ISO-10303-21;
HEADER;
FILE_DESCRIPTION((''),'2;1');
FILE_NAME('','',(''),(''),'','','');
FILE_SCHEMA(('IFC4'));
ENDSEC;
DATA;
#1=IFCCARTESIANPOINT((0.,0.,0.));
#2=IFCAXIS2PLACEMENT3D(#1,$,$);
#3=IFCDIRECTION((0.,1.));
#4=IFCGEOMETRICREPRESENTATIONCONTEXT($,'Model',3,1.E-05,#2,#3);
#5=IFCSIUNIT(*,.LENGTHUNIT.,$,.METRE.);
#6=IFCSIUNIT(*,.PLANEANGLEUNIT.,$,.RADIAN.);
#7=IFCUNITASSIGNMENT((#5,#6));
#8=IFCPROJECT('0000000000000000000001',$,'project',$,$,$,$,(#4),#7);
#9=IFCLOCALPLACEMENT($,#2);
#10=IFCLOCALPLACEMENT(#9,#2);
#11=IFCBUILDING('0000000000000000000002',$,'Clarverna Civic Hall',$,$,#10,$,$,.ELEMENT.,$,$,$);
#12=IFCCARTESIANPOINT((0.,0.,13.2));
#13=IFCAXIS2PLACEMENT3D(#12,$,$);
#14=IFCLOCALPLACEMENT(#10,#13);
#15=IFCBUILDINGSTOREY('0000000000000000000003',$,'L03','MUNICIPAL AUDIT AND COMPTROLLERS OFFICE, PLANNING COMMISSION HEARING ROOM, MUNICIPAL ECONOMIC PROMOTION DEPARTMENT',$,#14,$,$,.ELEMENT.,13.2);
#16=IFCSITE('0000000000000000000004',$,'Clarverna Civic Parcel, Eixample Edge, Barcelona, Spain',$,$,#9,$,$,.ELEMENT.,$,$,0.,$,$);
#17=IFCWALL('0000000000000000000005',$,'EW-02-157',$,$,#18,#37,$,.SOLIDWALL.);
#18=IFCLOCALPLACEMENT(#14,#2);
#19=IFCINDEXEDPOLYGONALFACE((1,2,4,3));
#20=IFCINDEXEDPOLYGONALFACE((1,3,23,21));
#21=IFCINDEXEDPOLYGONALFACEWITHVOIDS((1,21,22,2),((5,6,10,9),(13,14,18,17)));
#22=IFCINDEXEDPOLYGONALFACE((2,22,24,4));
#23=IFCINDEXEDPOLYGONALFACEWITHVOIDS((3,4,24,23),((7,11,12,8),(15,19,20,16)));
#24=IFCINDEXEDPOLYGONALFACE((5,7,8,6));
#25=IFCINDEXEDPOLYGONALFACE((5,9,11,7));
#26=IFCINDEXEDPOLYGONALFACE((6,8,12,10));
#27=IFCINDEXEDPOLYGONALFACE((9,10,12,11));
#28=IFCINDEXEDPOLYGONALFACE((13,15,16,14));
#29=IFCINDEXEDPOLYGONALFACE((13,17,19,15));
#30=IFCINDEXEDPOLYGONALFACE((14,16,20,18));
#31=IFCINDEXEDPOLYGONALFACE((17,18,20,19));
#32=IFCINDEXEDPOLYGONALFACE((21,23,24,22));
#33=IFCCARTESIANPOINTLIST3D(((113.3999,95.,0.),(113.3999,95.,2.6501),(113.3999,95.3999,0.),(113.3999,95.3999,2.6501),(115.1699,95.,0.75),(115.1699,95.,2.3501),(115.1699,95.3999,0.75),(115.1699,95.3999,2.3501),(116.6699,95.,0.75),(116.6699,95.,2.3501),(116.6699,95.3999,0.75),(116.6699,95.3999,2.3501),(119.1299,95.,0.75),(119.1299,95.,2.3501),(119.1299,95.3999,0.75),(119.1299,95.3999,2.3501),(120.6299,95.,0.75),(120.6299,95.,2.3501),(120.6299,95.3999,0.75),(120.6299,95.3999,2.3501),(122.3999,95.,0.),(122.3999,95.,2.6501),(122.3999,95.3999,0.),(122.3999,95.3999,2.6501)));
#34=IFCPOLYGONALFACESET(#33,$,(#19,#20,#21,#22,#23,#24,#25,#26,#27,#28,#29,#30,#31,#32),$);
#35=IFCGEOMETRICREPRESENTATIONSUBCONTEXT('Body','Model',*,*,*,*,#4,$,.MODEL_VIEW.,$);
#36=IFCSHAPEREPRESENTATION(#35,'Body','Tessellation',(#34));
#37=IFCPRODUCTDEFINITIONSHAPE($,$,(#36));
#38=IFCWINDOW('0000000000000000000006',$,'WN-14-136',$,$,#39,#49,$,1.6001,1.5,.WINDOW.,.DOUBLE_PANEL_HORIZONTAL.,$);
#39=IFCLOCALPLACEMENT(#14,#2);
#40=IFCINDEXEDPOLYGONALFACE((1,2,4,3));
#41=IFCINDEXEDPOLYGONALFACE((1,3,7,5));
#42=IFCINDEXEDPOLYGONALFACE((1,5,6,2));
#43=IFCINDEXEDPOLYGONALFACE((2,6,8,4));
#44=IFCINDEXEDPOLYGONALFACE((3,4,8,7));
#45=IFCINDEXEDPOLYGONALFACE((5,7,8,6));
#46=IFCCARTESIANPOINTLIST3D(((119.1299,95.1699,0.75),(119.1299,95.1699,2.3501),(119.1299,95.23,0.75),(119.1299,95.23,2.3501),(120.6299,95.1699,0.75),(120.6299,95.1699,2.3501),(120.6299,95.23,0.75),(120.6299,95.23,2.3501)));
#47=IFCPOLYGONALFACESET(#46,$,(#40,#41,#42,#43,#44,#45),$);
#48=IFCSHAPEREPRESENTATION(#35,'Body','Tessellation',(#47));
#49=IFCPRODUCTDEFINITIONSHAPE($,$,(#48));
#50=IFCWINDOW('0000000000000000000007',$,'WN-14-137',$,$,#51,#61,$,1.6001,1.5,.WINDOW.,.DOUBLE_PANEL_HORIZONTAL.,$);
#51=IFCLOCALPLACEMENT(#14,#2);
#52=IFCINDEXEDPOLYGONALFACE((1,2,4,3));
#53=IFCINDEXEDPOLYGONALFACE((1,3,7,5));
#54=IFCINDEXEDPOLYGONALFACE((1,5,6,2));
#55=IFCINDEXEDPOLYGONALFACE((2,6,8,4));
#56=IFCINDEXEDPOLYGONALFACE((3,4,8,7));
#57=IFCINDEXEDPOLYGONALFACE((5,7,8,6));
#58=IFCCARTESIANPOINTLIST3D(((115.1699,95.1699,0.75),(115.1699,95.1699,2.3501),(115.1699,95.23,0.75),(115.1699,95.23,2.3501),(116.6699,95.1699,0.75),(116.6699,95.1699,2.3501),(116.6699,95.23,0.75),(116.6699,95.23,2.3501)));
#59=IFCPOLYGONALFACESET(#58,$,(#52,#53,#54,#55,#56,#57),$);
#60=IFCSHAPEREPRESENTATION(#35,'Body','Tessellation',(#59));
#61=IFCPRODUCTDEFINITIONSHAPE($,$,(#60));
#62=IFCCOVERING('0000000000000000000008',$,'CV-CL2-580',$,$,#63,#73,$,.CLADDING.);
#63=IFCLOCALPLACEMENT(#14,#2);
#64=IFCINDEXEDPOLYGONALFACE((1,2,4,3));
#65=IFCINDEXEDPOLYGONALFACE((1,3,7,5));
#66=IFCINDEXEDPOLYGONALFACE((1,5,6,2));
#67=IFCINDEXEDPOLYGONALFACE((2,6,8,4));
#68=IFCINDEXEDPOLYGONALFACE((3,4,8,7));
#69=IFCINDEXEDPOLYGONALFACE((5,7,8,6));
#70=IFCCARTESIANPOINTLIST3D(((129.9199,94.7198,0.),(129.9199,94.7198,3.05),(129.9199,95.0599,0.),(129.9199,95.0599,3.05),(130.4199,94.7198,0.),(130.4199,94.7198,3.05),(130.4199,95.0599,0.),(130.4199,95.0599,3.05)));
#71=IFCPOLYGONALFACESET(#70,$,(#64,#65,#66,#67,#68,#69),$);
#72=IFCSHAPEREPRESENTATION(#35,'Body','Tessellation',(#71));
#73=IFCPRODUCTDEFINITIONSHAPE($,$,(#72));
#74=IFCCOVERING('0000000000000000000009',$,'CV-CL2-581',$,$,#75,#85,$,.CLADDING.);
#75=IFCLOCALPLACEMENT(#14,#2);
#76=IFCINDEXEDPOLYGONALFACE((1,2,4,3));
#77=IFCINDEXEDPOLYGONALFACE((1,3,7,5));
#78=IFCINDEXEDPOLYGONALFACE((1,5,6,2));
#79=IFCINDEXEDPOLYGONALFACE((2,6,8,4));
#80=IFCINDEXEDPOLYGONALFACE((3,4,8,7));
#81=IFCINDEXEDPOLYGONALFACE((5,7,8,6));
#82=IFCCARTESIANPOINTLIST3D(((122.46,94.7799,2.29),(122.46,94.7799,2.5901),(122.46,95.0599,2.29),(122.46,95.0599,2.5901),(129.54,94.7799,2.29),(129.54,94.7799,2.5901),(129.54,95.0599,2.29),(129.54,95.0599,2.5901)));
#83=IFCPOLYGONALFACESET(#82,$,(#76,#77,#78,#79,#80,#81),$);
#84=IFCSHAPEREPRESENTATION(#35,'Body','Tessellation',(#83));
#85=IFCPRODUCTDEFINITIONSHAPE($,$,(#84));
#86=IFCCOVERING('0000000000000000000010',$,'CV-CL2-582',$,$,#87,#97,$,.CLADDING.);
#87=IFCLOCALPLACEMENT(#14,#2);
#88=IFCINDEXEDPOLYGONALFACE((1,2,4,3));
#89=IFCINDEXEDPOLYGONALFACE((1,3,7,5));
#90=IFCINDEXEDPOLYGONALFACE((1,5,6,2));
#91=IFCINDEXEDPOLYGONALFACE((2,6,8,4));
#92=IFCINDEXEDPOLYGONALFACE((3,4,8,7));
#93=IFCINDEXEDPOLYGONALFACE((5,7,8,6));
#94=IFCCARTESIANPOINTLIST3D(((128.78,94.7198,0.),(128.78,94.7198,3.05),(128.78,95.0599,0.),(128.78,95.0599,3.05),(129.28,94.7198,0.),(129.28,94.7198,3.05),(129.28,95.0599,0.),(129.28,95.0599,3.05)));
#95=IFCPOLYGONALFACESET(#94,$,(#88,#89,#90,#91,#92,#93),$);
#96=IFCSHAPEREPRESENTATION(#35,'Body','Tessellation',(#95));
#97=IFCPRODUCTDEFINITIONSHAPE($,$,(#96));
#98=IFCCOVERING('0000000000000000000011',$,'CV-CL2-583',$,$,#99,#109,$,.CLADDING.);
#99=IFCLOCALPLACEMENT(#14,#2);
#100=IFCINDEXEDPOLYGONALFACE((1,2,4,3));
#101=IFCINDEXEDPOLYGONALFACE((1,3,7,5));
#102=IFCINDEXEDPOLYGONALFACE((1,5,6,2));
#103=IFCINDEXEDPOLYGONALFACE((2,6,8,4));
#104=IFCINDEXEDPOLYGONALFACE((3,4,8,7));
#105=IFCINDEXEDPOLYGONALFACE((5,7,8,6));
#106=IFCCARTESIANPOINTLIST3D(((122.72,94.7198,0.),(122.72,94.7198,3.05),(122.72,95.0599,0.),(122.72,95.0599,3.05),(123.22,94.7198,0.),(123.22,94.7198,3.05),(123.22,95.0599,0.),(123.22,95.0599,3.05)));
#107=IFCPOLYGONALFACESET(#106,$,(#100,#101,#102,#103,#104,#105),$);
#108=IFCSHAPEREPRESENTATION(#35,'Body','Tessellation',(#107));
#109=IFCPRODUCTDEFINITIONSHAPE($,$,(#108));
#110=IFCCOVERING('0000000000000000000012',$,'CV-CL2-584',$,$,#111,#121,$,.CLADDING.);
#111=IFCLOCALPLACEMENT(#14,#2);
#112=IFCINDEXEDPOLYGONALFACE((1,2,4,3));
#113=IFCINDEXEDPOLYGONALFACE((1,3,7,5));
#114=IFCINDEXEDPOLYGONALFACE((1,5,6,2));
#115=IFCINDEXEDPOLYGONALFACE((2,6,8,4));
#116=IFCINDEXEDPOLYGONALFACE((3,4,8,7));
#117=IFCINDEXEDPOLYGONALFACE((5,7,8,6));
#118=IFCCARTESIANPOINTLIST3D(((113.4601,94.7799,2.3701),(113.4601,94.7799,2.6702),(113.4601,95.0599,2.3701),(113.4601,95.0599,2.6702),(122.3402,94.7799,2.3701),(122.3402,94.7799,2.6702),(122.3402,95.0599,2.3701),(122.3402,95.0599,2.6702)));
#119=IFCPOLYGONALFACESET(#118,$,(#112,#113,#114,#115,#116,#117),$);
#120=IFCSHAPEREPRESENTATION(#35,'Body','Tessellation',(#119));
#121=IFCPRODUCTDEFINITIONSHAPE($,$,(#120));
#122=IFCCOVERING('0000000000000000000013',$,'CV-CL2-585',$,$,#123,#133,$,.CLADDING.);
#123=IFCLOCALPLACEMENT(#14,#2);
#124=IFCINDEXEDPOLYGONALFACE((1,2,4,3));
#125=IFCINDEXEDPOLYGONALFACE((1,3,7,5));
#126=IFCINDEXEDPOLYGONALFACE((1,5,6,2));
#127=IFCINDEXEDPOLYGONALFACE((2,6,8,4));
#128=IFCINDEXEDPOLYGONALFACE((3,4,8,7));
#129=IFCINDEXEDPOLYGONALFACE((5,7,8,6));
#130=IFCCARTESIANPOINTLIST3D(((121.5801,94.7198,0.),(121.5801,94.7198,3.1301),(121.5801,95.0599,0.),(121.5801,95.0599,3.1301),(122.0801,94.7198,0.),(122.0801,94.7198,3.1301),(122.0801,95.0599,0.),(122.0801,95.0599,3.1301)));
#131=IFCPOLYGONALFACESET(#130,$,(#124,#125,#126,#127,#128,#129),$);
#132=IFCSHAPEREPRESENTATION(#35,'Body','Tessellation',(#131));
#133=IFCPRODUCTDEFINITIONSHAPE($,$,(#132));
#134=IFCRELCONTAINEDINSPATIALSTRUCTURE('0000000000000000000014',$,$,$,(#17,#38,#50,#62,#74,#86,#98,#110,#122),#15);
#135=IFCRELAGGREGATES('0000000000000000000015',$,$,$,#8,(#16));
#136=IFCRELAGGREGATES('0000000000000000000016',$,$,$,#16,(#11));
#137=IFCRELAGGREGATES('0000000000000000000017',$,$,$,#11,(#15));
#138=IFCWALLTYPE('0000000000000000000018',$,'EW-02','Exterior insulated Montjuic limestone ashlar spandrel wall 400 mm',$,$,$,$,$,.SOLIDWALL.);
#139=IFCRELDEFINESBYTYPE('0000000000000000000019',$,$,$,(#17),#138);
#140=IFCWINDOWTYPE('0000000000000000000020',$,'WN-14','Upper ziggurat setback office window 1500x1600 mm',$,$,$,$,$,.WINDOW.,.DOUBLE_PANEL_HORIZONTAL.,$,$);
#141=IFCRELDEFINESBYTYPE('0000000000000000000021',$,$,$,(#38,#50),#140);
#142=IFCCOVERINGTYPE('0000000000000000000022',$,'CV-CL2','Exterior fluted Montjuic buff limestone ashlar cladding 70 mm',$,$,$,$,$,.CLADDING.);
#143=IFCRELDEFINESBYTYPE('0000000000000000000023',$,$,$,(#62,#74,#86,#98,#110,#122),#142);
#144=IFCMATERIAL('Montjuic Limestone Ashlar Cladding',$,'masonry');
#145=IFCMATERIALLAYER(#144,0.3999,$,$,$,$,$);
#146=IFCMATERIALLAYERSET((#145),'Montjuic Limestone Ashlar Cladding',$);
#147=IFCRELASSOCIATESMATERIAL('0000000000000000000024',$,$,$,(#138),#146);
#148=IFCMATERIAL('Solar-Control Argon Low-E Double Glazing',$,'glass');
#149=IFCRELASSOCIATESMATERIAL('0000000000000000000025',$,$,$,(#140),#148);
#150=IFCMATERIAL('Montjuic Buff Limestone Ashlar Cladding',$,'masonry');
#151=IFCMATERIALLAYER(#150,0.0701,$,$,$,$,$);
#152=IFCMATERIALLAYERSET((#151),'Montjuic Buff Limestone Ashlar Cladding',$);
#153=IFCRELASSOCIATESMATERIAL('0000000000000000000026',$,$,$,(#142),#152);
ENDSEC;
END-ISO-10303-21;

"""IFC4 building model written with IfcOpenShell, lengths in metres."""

from ifc_helpers import new_model, si_unit, direction, frame, frame_2d, origin, place, context, subcontext, project, spatial, rectangle, extrude, material, layer, layer_set, type_object, element, fill, save


model = new_model("IFC4")

# Units and contexts
model_context = context("Model", 3, precision=1e-05, world=origin(), true_north=direction((0.0, 1.0)))
body_context = subcontext(model_context, "Body", "Model", "MODEL_VIEW")
ifc_project = project(units=[si_unit("LENGTHUNIT", "METRE"), si_unit("PLANEANGLEUNIT", "RADIAN")], contexts=[model_context])

# Site, building, storey
site_placement = place(None, origin())
site = spatial("IfcSite", under=ifc_project, at=site_placement, Name="Clarverna Civic Parcel, Eixample Edge, Barcelona, Spain", CompositionType="ELEMENT", RefElevation=0.0)
building_placement = place(site_placement, origin())
building = spatial("IfcBuilding", under=site, at=building_placement, Name="Clarverna Civic Hall", CompositionType="ELEMENT")
storey_placement = place(building_placement, frame((0.0, 0.0, 13.2)))
storey = spatial("IfcBuildingStorey", under=building, at=storey_placement, Name="L03", Description="MUNICIPAL AUDIT AND COMPTROLLERS OFFICE, PLANNING COMMISSION HEARING ROOM, MUNICIPAL ECONOMIC PROMOTION DEPARTMENT", CompositionType="ELEMENT", Elevation=13.2)

# Wall, openings, windows
ifc_material_1 = material(Name="Montjuic Limestone Ashlar Cladding", Category="masonry")
ifc_layer_1 = layer(ifc_material_1, 0.3999)
ifc_layer_set_1 = layer_set([ifc_layer_1], Name="Montjuic Limestone Ashlar Cladding")
wall_type = type_object("IfcWallType", Name="EW-02", Description="Exterior insulated Montjuic limestone ashlar spandrel wall 400 mm", PredefinedType="SOLIDWALL", material=ifc_layer_set_1)
ifc_material_2 = material(Name="Solar-Control Argon Low-E Double Glazing", Category="glass")
window_type = type_object("IfcWindowType", Name="WN-14", Description="Upper ziggurat setback office window 1500x1600 mm", PartitioningType="DOUBLE_PANEL_HORIZONTAL", PredefinedType="WINDOW", material=ifc_material_2)
wall_1_placement = place(storey_placement, frame((122.3999, 95.2, 0.0), z_axis=(0.0, 0.0, 1.0), x_axis=(-1.0, 0.0, 0.0)))
wall_1 = element("IfcWall", 1, at=wall_1_placement, inside=storey, type_object=wall_type, Name="EW-02-157", PredefinedType="SOLIDWALL", context=body_context, shape_type="SweptSolid", body=[
    extrude(rectangle(XDim=9.0, YDim=0.3999, at=frame_2d((4.5, 0.0))), origin(), (0.0, 0.0, 1.0), 2.6501),
])
opening_1_placement = place(wall_1_placement, frame((1.77, 0.0, 0.75)))
opening_1 = element("IfcOpeningElement", 2, at=opening_1_placement, cuts=wall_1, PredefinedType="OPENING", context=body_context, shape_type="SweptSolid", body=[
    extrude(rectangle(XDim=1.5, YDim=1.6001, at=frame_2d((0.75, 0.8))), frame((0.0, 0.21, 0.0), z_axis=(0.0, -1.0, 0.0), x_axis=(1.0, 0.0, 0.0)), (0.0, 0.0, 1.0), 0.4199),
])
opening_2_placement = place(wall_1_placement, frame((5.73, 0.0, 0.75)))
opening_2 = element("IfcOpeningElement", 3, at=opening_2_placement, cuts=wall_1, PredefinedType="OPENING", context=body_context, shape_type="SweptSolid", body=[
    extrude(rectangle(XDim=1.5, YDim=1.6001, at=frame_2d((0.75, 0.8))), frame((0.0, 0.21, 0.0), z_axis=(0.0, -1.0, 0.0), x_axis=(1.0, 0.0, 0.0)), (0.0, 0.0, 1.0), 0.4199),
])
window_1_placement = place(opening_1_placement, origin())
window_1 = element("IfcWindow", 4, at=window_1_placement, inside=storey, type_object=window_type, Name="WN-14-136", OverallHeight=1.6001, OverallWidth=1.5, PartitioningType="DOUBLE_PANEL_HORIZONTAL", PredefinedType="WINDOW", context=body_context, shape_type="SweptSolid", body=[
    extrude(rectangle(XDim=1.5, YDim=1.6001, at=frame_2d((0.75, 0.8))), frame((0.0, 0.03, 0.0), z_axis=(0.0, -1.0, 0.0), x_axis=(1.0, 0.0, 0.0)), (0.0, 0.0, 1.0), 0.0601),
])
fill(opening_1, window_1)
window_2_placement = place(opening_2_placement, origin())
window_2 = element("IfcWindow", 5, at=window_2_placement, inside=storey, type_object=window_type, Name="WN-14-137", OverallHeight=1.6001, OverallWidth=1.5, PartitioningType="DOUBLE_PANEL_HORIZONTAL", PredefinedType="WINDOW", context=body_context, shape_type="SweptSolid", body=[
    extrude(rectangle(XDim=1.5, YDim=1.6001, at=frame_2d((0.75, 0.8))), frame((0.0, 0.03, 0.0), z_axis=(0.0, -1.0, 0.0), x_axis=(1.0, 0.0, 0.0)), (0.0, 0.0, 1.0), 0.0601),
])
fill(opening_2, window_2)

# Coverings
ifc_material_3 = material(Name="Montjuic Buff Limestone Ashlar Cladding", Category="masonry")
ifc_layer_2 = layer(ifc_material_3, 0.0701)
ifc_layer_set_2 = layer_set([ifc_layer_2], Name="Montjuic Buff Limestone Ashlar Cladding")
covering_type = type_object("IfcCoveringType", Name="CV-CL2", Description="Exterior fluted Montjuic buff limestone ashlar cladding 70 mm", PredefinedType="CLADDING", material=ifc_layer_set_2)
covering_1_placement = place(storey_placement, frame((130.4199, 94.8899, 0.0), z_axis=(0.0, 0.0, 1.0), x_axis=(-1.0, 0.0, 0.0)))
element("IfcCovering", 6, at=covering_1_placement, inside=storey, type_object=covering_type, Name="CV-CL2-580", PredefinedType="CLADDING", context=body_context, shape_type="SweptSolid", body=[
    extrude(rectangle(XDim=0.5, YDim=0.3401, at=frame_2d((0.25, 0.0))), origin(), (0.0, 0.0, 1.0), 3.05),
])
covering_2_placement = place(storey_placement, frame((129.54, 94.9199, 2.29), z_axis=(0.0, 0.0, 1.0), x_axis=(-1.0, 0.0, 0.0)))
element("IfcCovering", 7, at=covering_2_placement, inside=storey, type_object=covering_type, Name="CV-CL2-581", PredefinedType="CLADDING", context=body_context, shape_type="SweptSolid", body=[
    extrude(rectangle(XDim=7.0801, YDim=0.28, at=frame_2d((3.54, 0.0))), origin(), (0.0, 0.0, 1.0), 0.3),
])
for number, where, z_axis, x_axis, name in (
    (8, (129.28, 94.8899, 0.0), (0.0, 0.0, 1.0), (-1.0, 0.0, 0.0), "CV-CL2-582"),
    (9, (123.22, 94.8899, 0.0), (0.0, 0.0, 1.0), (-1.0, 0.0, 0.0), "CV-CL2-583"),
):
    element("IfcCovering", number, at=place(storey_placement, frame(where, z_axis=z_axis, x_axis=x_axis)), inside=storey, type_object=covering_type, Name=name, PredefinedType="CLADDING", context=body_context, shape_type="SweptSolid", body=[
        extrude(rectangle(XDim=0.5, YDim=0.3401, at=frame_2d((0.25, 0.0))), origin(), (0.0, 0.0, 1.0), 3.05),
    ])
covering_3_placement = place(storey_placement, frame((122.3401, 94.9199, 2.3701), z_axis=(0.0, 0.0, 1.0), x_axis=(-1.0, 0.0, 0.0)))
element("IfcCovering", 10, at=covering_3_placement, inside=storey, type_object=covering_type, Name="CV-CL2-584", PredefinedType="CLADDING", context=body_context, shape_type="SweptSolid", body=[
    extrude(rectangle(XDim=8.8801, YDim=0.28, at=frame_2d((4.4399, 0.0))), origin(), (0.0, 0.0, 1.0), 0.3),
])
covering_4_placement = place(storey_placement, frame((122.0801, 94.8899, 0.0), z_axis=(0.0, 0.0, 1.0), x_axis=(-1.0, 0.0, 0.0)))
element("IfcCovering", 11, at=covering_4_placement, inside=storey, type_object=covering_type, Name="CV-CL2-585", PredefinedType="CLADDING", context=body_context, shape_type="SweptSolid", body=[
    extrude(rectangle(XDim=0.5, YDim=0.3401, at=frame_2d((0.25, 0.0))), origin(), (0.0, 0.0, 1.0), 3.1301),
])

save(model, "model.ifc")
